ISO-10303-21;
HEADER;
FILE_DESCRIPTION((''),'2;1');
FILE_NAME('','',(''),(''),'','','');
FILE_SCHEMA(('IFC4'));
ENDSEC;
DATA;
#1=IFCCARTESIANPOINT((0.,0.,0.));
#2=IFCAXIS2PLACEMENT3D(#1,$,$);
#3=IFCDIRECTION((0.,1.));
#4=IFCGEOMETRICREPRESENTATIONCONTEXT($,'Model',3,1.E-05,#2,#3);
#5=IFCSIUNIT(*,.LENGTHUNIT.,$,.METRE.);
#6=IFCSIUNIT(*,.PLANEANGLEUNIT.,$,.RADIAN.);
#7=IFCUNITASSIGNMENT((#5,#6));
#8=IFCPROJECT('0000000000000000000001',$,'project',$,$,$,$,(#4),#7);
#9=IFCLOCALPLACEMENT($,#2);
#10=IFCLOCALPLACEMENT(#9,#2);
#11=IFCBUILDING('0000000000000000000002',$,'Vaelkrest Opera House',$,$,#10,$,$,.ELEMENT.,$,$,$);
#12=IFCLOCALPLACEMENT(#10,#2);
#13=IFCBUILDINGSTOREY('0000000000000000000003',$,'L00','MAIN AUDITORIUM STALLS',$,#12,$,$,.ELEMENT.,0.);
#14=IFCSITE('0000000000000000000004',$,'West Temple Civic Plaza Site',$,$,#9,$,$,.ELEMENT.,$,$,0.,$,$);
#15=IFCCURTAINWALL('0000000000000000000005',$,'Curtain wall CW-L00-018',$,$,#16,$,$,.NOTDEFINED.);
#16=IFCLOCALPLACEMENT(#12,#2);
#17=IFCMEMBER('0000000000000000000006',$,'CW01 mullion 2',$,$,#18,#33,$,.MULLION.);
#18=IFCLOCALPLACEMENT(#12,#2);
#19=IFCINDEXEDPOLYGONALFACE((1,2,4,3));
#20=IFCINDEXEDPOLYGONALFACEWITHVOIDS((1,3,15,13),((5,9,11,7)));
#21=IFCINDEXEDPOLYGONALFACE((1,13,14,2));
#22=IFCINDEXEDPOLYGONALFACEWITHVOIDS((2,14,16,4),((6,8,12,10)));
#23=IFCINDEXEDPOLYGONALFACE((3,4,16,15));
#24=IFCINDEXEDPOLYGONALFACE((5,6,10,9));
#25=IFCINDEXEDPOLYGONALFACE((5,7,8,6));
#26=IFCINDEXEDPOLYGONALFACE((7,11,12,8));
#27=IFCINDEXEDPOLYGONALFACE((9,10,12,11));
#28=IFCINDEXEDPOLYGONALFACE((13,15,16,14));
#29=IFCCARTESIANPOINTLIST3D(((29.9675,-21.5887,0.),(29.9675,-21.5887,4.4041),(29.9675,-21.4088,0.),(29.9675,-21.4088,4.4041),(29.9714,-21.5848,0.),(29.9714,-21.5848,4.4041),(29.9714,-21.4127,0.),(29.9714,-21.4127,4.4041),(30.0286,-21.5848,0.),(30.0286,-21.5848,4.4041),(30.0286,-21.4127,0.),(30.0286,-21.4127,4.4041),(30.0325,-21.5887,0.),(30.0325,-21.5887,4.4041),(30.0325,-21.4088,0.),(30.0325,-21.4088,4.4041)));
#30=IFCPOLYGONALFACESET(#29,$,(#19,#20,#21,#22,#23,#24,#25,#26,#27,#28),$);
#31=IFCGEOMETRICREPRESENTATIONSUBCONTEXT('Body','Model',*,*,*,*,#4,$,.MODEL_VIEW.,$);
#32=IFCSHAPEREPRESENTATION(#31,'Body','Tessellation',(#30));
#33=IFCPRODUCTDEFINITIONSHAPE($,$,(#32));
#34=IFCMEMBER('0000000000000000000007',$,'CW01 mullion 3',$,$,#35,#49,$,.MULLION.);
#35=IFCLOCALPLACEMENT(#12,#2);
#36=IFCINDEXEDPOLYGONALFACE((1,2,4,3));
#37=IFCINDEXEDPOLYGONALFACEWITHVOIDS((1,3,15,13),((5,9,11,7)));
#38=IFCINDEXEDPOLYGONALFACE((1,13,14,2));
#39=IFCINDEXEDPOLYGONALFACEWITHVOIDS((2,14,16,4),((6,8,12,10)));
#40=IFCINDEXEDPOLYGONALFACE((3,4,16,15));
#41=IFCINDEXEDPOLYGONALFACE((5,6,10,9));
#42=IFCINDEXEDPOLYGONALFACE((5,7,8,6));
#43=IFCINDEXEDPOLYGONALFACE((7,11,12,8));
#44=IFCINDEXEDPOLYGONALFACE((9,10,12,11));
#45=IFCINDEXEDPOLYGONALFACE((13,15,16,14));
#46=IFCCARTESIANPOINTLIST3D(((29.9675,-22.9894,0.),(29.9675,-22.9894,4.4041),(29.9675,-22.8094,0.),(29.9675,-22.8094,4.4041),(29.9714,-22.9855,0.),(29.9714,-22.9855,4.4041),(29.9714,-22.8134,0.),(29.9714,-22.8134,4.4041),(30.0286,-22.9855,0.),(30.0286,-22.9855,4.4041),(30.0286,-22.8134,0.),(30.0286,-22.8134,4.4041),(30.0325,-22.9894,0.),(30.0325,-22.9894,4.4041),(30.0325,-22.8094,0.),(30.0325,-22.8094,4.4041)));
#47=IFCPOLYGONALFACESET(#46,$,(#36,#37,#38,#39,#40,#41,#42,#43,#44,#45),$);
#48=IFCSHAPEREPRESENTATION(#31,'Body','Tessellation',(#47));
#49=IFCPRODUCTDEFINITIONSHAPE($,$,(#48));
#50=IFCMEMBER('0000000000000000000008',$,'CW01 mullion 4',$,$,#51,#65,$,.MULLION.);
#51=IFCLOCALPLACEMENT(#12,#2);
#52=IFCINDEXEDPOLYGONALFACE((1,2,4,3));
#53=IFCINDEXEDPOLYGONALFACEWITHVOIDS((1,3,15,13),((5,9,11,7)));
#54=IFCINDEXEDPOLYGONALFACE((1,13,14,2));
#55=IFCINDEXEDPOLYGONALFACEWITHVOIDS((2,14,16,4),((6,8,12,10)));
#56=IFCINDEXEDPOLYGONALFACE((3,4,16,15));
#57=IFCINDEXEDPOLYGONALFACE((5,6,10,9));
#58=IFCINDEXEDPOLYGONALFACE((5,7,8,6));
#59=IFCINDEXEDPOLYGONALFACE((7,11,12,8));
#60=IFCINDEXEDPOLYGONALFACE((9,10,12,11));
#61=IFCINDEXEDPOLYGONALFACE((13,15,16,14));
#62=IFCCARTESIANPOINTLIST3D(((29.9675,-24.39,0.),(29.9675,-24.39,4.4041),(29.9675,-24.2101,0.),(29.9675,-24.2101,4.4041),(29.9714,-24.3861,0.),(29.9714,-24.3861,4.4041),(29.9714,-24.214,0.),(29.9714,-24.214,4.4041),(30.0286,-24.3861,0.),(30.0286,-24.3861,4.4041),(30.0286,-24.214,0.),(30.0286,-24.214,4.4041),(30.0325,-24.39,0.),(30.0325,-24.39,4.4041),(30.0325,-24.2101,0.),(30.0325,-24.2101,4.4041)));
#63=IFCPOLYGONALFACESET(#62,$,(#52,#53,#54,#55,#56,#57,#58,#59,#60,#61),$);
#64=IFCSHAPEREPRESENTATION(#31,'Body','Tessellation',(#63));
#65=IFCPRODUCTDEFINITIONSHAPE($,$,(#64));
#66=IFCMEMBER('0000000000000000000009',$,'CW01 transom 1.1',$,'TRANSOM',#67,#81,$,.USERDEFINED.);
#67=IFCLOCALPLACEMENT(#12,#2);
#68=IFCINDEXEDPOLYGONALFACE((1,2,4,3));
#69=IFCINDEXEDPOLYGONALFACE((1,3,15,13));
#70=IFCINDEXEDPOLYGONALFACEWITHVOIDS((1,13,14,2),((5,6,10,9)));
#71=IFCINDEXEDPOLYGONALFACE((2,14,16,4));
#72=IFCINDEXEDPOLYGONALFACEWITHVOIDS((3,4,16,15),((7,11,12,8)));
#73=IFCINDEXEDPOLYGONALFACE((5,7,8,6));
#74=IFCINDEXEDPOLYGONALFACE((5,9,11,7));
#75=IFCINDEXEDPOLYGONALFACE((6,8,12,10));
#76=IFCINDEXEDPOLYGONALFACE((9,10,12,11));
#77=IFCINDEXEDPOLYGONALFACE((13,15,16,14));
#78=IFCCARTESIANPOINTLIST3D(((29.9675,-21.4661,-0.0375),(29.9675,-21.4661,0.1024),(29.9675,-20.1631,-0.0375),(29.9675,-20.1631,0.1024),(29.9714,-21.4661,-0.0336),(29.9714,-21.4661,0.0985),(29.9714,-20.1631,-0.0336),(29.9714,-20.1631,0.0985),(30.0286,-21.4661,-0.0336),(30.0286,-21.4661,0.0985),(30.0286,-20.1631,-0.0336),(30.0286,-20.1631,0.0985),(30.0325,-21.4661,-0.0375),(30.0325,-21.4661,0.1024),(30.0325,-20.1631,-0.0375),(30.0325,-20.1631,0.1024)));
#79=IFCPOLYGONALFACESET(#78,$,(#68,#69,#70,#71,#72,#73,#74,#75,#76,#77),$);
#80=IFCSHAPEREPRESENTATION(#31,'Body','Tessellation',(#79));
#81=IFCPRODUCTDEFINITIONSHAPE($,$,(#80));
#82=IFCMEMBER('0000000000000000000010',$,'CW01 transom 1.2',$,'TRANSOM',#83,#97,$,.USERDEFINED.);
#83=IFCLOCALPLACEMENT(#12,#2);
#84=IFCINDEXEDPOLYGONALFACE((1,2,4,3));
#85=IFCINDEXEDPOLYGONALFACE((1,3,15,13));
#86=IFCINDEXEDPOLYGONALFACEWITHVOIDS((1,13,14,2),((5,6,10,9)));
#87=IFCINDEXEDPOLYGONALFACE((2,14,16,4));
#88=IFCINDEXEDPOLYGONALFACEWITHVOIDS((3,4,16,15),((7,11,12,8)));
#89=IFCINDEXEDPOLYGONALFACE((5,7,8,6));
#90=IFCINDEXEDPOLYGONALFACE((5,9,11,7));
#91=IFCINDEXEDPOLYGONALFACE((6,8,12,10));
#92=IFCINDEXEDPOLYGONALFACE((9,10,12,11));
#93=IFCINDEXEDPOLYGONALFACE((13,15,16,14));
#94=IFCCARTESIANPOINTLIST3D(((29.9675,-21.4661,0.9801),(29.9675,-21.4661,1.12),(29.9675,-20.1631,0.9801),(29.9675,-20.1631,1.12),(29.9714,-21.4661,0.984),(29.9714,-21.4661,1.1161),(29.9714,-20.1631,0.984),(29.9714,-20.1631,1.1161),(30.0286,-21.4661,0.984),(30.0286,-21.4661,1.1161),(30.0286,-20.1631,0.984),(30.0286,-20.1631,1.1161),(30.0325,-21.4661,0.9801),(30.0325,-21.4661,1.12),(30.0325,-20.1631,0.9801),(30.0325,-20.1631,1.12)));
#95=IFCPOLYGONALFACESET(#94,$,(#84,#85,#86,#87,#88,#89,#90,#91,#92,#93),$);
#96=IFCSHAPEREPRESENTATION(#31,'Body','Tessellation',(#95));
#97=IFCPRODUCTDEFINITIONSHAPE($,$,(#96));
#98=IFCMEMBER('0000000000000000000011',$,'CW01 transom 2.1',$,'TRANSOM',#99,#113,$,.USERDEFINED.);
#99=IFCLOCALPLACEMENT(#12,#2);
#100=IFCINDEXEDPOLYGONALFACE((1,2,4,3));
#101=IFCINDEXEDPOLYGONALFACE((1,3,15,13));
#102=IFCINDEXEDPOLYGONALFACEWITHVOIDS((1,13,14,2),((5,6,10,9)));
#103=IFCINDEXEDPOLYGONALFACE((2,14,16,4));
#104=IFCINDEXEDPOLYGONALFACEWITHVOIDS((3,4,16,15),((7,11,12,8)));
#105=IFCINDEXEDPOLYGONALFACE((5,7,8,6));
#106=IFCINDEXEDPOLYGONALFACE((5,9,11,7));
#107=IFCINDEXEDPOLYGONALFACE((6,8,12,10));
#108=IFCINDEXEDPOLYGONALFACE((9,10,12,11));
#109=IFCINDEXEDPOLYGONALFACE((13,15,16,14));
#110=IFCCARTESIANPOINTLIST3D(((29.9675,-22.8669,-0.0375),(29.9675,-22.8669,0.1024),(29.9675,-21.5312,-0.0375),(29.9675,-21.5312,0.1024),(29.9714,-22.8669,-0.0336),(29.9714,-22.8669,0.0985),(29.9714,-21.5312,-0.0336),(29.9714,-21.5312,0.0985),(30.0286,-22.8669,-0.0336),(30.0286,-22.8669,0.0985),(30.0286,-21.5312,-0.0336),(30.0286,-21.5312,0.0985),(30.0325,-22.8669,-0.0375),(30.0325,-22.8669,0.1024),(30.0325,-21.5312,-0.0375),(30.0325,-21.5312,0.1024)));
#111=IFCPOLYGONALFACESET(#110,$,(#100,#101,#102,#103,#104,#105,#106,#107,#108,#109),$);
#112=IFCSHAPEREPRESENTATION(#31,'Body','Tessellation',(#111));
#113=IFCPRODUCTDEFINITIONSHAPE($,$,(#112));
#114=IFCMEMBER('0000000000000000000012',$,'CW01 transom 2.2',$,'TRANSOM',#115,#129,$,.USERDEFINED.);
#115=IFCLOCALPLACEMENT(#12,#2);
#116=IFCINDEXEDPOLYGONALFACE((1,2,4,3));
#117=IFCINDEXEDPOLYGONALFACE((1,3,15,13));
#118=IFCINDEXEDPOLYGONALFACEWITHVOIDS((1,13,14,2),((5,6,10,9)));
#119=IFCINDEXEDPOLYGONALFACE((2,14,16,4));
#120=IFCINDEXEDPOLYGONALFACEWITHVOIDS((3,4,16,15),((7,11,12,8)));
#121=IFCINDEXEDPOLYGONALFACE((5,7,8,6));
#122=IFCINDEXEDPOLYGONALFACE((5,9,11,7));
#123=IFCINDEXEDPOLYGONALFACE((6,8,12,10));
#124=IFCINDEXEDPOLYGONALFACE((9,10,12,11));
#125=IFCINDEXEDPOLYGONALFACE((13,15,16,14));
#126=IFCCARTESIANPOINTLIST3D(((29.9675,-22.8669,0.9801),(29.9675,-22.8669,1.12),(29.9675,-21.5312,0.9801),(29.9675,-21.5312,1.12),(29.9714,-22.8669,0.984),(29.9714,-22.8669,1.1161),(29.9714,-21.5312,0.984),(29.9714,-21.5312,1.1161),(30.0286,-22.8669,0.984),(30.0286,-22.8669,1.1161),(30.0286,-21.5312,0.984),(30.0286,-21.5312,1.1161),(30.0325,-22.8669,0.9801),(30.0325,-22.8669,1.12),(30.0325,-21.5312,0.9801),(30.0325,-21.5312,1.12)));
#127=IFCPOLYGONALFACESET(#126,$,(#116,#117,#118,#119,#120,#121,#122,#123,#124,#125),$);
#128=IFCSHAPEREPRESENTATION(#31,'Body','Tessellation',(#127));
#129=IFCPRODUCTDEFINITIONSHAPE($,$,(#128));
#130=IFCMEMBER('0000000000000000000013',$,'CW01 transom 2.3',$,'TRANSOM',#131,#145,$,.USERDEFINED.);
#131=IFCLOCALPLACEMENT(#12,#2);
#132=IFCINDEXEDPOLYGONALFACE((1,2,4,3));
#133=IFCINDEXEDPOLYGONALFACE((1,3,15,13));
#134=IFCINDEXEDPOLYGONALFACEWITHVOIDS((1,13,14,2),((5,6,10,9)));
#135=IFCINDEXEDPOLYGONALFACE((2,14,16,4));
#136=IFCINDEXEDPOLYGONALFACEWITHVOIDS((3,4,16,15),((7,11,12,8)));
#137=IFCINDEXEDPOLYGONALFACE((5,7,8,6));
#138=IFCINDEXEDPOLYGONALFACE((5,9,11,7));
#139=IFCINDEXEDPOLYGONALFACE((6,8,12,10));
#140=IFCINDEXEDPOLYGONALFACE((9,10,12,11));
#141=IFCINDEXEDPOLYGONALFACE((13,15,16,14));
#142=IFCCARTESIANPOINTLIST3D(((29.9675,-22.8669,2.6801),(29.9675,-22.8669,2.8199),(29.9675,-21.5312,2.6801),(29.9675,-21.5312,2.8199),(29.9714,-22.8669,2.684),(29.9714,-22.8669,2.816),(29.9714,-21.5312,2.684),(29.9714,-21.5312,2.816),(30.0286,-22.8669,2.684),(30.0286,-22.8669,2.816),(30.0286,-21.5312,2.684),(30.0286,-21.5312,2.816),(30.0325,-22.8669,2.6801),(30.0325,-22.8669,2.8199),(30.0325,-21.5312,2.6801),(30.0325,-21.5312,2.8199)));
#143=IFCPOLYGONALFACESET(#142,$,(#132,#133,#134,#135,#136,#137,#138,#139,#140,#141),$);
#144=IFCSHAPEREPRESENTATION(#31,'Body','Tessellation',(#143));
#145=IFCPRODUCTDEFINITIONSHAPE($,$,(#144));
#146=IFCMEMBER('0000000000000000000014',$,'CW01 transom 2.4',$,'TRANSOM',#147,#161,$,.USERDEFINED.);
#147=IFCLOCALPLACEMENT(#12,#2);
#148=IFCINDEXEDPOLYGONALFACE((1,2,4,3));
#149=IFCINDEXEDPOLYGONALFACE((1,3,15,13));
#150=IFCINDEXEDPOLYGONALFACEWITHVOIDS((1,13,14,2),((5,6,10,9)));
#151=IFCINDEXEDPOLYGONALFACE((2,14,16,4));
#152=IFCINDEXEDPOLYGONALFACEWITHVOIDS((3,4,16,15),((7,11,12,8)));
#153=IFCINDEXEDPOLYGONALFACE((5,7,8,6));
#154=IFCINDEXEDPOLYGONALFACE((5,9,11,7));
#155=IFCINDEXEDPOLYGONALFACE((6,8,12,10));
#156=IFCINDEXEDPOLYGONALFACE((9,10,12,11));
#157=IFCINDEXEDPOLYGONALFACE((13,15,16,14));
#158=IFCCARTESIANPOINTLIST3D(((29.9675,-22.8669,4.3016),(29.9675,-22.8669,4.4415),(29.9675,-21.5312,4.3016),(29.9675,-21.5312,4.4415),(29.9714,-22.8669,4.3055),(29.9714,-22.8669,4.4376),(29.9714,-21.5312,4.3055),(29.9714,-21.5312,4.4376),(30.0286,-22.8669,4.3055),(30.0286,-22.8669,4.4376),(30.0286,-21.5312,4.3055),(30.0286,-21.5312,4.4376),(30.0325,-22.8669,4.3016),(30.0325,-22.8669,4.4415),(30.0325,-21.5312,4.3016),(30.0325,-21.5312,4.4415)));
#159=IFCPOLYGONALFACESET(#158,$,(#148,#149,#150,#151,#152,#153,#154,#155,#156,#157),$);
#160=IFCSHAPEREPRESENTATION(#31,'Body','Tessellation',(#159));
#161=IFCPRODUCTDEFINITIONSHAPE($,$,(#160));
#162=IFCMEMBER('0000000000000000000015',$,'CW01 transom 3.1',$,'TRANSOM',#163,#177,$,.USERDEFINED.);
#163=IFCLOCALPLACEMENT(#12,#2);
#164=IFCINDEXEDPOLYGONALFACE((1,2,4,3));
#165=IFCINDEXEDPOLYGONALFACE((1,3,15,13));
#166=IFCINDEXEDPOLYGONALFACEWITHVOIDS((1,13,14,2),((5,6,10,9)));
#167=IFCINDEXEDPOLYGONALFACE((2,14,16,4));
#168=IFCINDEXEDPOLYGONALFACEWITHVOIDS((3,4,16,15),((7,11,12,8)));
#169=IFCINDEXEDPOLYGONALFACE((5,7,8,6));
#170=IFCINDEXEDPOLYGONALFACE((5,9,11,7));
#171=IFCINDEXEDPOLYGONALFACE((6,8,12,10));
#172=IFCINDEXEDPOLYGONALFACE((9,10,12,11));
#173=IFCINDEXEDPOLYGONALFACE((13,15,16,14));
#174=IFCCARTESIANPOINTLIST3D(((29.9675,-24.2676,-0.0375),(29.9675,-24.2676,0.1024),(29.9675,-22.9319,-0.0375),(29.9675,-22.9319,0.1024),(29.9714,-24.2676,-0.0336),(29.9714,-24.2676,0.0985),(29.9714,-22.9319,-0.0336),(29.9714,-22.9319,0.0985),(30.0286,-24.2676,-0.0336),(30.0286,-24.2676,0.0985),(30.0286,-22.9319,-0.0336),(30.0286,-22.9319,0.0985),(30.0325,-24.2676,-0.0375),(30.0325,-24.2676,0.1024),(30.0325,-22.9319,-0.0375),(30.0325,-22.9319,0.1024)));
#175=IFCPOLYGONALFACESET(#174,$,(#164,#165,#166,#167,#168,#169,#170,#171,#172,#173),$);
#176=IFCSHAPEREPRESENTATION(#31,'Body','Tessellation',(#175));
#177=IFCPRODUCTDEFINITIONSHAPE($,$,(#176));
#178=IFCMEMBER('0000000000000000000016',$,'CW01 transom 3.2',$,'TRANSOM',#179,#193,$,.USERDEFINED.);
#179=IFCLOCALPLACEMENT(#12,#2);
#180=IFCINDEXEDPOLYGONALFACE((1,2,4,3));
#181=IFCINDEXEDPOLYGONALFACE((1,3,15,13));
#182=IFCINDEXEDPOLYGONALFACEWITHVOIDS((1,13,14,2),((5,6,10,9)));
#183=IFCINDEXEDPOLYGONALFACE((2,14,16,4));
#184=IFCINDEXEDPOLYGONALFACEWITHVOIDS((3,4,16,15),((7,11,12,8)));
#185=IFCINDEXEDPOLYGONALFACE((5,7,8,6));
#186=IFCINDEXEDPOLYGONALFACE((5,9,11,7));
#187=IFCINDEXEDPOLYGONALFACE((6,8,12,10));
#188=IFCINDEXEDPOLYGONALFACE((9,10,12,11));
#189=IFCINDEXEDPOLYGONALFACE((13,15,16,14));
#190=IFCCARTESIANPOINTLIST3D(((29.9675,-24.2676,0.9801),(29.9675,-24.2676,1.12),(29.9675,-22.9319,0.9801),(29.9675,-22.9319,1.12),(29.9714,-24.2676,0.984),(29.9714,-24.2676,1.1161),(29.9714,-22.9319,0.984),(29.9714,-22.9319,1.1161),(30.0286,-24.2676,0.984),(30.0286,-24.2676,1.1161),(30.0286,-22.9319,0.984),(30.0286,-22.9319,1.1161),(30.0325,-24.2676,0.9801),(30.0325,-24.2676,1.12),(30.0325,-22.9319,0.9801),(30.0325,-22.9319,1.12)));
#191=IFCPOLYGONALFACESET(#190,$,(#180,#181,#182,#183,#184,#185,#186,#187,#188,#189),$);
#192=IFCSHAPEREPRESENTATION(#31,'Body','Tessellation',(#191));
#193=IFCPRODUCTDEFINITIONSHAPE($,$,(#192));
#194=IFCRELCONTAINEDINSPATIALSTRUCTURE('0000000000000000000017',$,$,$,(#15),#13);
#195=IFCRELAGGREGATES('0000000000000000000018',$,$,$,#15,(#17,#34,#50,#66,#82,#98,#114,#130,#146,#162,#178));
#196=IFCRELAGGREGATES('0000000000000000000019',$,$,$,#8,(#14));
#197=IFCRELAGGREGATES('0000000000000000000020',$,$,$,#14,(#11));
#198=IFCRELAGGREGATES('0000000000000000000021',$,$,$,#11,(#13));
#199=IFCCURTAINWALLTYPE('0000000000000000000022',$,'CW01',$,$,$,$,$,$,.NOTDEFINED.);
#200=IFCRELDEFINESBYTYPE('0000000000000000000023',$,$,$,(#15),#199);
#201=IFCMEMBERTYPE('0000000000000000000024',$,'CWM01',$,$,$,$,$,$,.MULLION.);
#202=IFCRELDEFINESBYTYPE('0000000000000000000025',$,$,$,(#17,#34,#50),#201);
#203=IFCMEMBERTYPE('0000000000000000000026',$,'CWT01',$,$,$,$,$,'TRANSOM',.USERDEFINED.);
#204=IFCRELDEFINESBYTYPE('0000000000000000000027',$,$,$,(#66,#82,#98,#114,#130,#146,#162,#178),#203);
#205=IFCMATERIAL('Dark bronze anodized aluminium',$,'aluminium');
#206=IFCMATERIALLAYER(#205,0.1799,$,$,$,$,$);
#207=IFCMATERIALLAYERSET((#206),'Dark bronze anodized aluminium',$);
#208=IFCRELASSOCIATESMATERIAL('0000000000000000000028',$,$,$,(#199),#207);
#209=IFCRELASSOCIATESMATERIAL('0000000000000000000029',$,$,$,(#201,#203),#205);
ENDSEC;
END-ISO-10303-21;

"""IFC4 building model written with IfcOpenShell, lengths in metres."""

from ifc_helpers import new_model, si_unit, direction, frame, origin, origin_2d, place, context, subcontext, project, spatial, hollow_rectangle, extrude, material, layer, layer_set, material_profile, profile_set, type_object, element, aggregate, save


model = new_model("IFC4")

# Units and contexts
model_context = context("Model", 3, precision=1e-05, world=origin(), true_north=direction((0.0, 1.0)))
body_context = subcontext(model_context, "Body", "Model", "MODEL_VIEW")
ifc_project = project(units=[si_unit("LENGTHUNIT", "METRE"), si_unit("PLANEANGLEUNIT", "RADIAN")], contexts=[model_context])

# Site, building, storey
site_placement = place(None, origin())
site = spatial("IfcSite", under=ifc_project, at=site_placement, Name="West Temple Civic Plaza Site", CompositionType="ELEMENT", RefElevation=0.0)
building_placement = place(site_placement, origin())
building = spatial("IfcBuilding", under=site, at=building_placement, Name="Vaelkrest Opera House", CompositionType="ELEMENT")
storey_placement = place(building_placement, origin())
storey = spatial("IfcBuildingStorey", under=building, at=storey_placement, Name="L00", Description="MAIN AUDITORIUM STALLS", CompositionType="ELEMENT", Elevation=0.0)

# Curtain wall, members
ifc_material_1 = material(Name="Dark bronze anodized aluminium", Category="aluminium")
ifc_layer_1 = layer(ifc_material_1, 0.1799)
ifc_layer_set_1 = layer_set([ifc_layer_1], Name="Dark bronze anodized aluminium")
curtain_wall_type = type_object("IfcCurtainWallType", Name="CW01", PredefinedType="NOTDEFINED", material=ifc_layer_set_1)
curtain_wall_placement = place(storey_placement, origin())
curtain_wall = element("IfcCurtainWall", 1, at=curtain_wall_placement, inside=storey, type_object=curtain_wall_type, Name="Curtain wall CW-L00-018", PredefinedType="NOTDEFINED")
ifc_material_profile_1 = material_profile(ifc_material_1, hollow_rectangle(XDim=0.0649, YDim=0.1799, WallThickness=0.0039, at=origin_2d()), Name="CWM65X180")
ifc_profile_set_1 = profile_set([ifc_material_profile_1], Name="Dark bronze anodized aluminium")
member_type_1 = type_object("IfcMemberType", Name="CWM01", PredefinedType="MULLION", material=ifc_profile_set_1)
member_1_placement = place(storey_placement, frame((30.0, -21.4988, 0.0), z_axis=(0.0, 0.0, 1.0), x_axis=(1.0, 0.0, 0.0)))
member_1 = element("IfcMember", 2, at=member_1_placement, type_object=member_type_1, Name="CW01 mullion 2", PredefinedType="MULLION", context=body_context, shape_type="SweptSolid", body=[
    extrude(hollow_rectangle(XDim=0.0649, YDim=0.1799, WallThickness=0.0039, at=origin_2d()), origin(), (0.0, 0.0, 1.0), 4.4041),
])
member_2_placement = place(storey_placement, frame((30.0, -22.8994, 0.0), z_axis=(0.0, 0.0, 1.0), x_axis=(1.0, 0.0, 0.0)))
member_2 = element("IfcMember", 3, at=member_2_placement, type_object=member_type_1, Name="CW01 mullion 3", PredefinedType="MULLION", context=body_context, shape_type="SweptSolid", body=[
    extrude(hollow_rectangle(XDim=0.0649, YDim=0.1799, WallThickness=0.0039, at=origin_2d()), origin(), (0.0, 0.0, 1.0), 4.4041),
])
member_3_placement = place(storey_placement, frame((30.0, -24.3, 0.0), z_axis=(0.0, 0.0, 1.0), x_axis=(1.0, 0.0, 0.0)))
member_3 = element("IfcMember", 4, at=member_3_placement, type_object=member_type_1, Name="CW01 mullion 4", PredefinedType="MULLION", context=body_context, shape_type="SweptSolid", body=[
    extrude(hollow_rectangle(XDim=0.0649, YDim=0.1799, WallThickness=0.0039, at=origin_2d()), origin(), (0.0, 0.0, 1.0), 4.4041),
])
ifc_material_profile_2 = material_profile(ifc_material_1, hollow_rectangle(XDim=0.0649, YDim=0.1399, WallThickness=0.0039, at=origin_2d()), Name="CWT65X140")
ifc_profile_set_2 = profile_set([ifc_material_profile_2], Name="Dark bronze anodized aluminium")
member_type_2 = type_object("IfcMemberType", Name="CWT01", ElementType="TRANSOM", PredefinedType="USERDEFINED", material=ifc_profile_set_2)
member_4_placement = place(storey_placement, frame((30.0, -20.1631, 0.0325), z_axis=(0.0, -1.0, 0.0), x_axis=(1.0, 0.0, 0.0)))
member_4 = element("IfcMember", 5, at=member_4_placement, type_object=member_type_2, Name="CW01 transom 1.1", ObjectType="TRANSOM", PredefinedType="USERDEFINED", context=body_context, shape_type="SweptSolid", body=[
    extrude(hollow_rectangle(XDim=0.0649, YDim=0.1399, WallThickness=0.0039, at=origin_2d()), origin(), (0.0, 0.0, 1.0), 1.303),
])
member_5_placement = place(storey_placement, frame((30.0, -20.1631, 1.05), z_axis=(0.0, -1.0, 0.0), x_axis=(1.0, 0.0, 0.0)))
member_5 = element("IfcMember", 6, at=member_5_placement, type_object=member_type_2, Name="CW01 transom 1.2", ObjectType="TRANSOM", PredefinedType="USERDEFINED", context=body_context, shape_type="SweptSolid", body=[
    extrude(hollow_rectangle(XDim=0.0649, YDim=0.1399, WallThickness=0.0039, at=origin_2d()), origin(), (0.0, 0.0, 1.0), 1.303),
])
member_6_placement = place(storey_placement, frame((30.0, -21.5312, 0.0325), z_axis=(0.0, -1.0, 0.0), x_axis=(1.0, 0.0, 0.0)))
member_6 = element("IfcMember", 7, at=member_6_placement, type_object=member_type_2, Name="CW01 transom 2.1", ObjectType="TRANSOM", PredefinedType="USERDEFINED", context=body_context, shape_type="SweptSolid", body=[
    extrude(hollow_rectangle(XDim=0.0649, YDim=0.1399, WallThickness=0.0039, at=origin_2d()), origin(), (0.0, 0.0, 1.0), 1.3357),
])
member_7_placement = place(storey_placement, frame((30.0, -21.5312, 1.05), z_axis=(0.0, -1.0, 0.0), x_axis=(1.0, 0.0, 0.0)))
member_7 = element("IfcMember", 8, at=member_7_placement, type_object=member_type_2, Name="CW01 transom 2.2", ObjectType="TRANSOM", PredefinedType="USERDEFINED", context=body_context, shape_type="SweptSolid", body=[
    extrude(hollow_rectangle(XDim=0.0649, YDim=0.1399, WallThickness=0.0039, at=origin_2d()), origin(), (0.0, 0.0, 1.0), 1.3357),
])
member_8_placement = place(storey_placement, frame((30.0, -21.5312, 2.75), z_axis=(0.0, -1.0, 0.0), x_axis=(1.0, 0.0, 0.0)))
member_8 = element("IfcMember", 9, at=member_8_placement, type_object=member_type_2, Name="CW01 transom 2.3", ObjectType="TRANSOM", PredefinedType="USERDEFINED", context=body_context, shape_type="SweptSolid", body=[
    extrude(hollow_rectangle(XDim=0.0649, YDim=0.1399, WallThickness=0.0039, at=origin_2d()), origin(), (0.0, 0.0, 1.0), 1.3357),
])
member_9_placement = place(storey_placement, frame((30.0, -21.5312, 4.3716), z_axis=(0.0, -1.0, 0.0), x_axis=(1.0, 0.0, 0.0)))
member_9 = element("IfcMember", 10, at=member_9_placement, type_object=member_type_2, Name="CW01 transom 2.4", ObjectType="TRANSOM", PredefinedType="USERDEFINED", context=body_context, shape_type="SweptSolid", body=[
    extrude(hollow_rectangle(XDim=0.0649, YDim=0.1399, WallThickness=0.0039, at=origin_2d()), origin(), (0.0, 0.0, 1.0), 1.3357),
])
member_10_placement = place(storey_placement, frame((30.0, -22.9319, 0.0325), z_axis=(0.0, -1.0, 0.0), x_axis=(1.0, 0.0, 0.0)))
member_10 = element("IfcMember", 11, at=member_10_placement, type_object=member_type_2, Name="CW01 transom 3.1", ObjectType="TRANSOM", PredefinedType="USERDEFINED", context=body_context, shape_type="SweptSolid", body=[
    extrude(hollow_rectangle(XDim=0.0649, YDim=0.1399, WallThickness=0.0039, at=origin_2d()), origin(), (0.0, 0.0, 1.0), 1.3357),
])
member_11_placement = place(storey_placement, frame((30.0, -22.9319, 1.05), z_axis=(0.0, -1.0, 0.0), x_axis=(1.0, 0.0, 0.0)))
member_11 = element("IfcMember", 12, at=member_11_placement, type_object=member_type_2, Name="CW01 transom 3.2", ObjectType="TRANSOM", PredefinedType="USERDEFINED", context=body_context, shape_type="SweptSolid", body=[
    extrude(hollow_rectangle(XDim=0.0649, YDim=0.1399, WallThickness=0.0039, at=origin_2d()), origin(), (0.0, 0.0, 1.0), 1.3357),
])

aggregate(curtain_wall, [member_1, member_2, member_3, member_4, member_5, member_6, member_7, member_8, member_9, member_10, member_11])

save(model, "model.ifc")
